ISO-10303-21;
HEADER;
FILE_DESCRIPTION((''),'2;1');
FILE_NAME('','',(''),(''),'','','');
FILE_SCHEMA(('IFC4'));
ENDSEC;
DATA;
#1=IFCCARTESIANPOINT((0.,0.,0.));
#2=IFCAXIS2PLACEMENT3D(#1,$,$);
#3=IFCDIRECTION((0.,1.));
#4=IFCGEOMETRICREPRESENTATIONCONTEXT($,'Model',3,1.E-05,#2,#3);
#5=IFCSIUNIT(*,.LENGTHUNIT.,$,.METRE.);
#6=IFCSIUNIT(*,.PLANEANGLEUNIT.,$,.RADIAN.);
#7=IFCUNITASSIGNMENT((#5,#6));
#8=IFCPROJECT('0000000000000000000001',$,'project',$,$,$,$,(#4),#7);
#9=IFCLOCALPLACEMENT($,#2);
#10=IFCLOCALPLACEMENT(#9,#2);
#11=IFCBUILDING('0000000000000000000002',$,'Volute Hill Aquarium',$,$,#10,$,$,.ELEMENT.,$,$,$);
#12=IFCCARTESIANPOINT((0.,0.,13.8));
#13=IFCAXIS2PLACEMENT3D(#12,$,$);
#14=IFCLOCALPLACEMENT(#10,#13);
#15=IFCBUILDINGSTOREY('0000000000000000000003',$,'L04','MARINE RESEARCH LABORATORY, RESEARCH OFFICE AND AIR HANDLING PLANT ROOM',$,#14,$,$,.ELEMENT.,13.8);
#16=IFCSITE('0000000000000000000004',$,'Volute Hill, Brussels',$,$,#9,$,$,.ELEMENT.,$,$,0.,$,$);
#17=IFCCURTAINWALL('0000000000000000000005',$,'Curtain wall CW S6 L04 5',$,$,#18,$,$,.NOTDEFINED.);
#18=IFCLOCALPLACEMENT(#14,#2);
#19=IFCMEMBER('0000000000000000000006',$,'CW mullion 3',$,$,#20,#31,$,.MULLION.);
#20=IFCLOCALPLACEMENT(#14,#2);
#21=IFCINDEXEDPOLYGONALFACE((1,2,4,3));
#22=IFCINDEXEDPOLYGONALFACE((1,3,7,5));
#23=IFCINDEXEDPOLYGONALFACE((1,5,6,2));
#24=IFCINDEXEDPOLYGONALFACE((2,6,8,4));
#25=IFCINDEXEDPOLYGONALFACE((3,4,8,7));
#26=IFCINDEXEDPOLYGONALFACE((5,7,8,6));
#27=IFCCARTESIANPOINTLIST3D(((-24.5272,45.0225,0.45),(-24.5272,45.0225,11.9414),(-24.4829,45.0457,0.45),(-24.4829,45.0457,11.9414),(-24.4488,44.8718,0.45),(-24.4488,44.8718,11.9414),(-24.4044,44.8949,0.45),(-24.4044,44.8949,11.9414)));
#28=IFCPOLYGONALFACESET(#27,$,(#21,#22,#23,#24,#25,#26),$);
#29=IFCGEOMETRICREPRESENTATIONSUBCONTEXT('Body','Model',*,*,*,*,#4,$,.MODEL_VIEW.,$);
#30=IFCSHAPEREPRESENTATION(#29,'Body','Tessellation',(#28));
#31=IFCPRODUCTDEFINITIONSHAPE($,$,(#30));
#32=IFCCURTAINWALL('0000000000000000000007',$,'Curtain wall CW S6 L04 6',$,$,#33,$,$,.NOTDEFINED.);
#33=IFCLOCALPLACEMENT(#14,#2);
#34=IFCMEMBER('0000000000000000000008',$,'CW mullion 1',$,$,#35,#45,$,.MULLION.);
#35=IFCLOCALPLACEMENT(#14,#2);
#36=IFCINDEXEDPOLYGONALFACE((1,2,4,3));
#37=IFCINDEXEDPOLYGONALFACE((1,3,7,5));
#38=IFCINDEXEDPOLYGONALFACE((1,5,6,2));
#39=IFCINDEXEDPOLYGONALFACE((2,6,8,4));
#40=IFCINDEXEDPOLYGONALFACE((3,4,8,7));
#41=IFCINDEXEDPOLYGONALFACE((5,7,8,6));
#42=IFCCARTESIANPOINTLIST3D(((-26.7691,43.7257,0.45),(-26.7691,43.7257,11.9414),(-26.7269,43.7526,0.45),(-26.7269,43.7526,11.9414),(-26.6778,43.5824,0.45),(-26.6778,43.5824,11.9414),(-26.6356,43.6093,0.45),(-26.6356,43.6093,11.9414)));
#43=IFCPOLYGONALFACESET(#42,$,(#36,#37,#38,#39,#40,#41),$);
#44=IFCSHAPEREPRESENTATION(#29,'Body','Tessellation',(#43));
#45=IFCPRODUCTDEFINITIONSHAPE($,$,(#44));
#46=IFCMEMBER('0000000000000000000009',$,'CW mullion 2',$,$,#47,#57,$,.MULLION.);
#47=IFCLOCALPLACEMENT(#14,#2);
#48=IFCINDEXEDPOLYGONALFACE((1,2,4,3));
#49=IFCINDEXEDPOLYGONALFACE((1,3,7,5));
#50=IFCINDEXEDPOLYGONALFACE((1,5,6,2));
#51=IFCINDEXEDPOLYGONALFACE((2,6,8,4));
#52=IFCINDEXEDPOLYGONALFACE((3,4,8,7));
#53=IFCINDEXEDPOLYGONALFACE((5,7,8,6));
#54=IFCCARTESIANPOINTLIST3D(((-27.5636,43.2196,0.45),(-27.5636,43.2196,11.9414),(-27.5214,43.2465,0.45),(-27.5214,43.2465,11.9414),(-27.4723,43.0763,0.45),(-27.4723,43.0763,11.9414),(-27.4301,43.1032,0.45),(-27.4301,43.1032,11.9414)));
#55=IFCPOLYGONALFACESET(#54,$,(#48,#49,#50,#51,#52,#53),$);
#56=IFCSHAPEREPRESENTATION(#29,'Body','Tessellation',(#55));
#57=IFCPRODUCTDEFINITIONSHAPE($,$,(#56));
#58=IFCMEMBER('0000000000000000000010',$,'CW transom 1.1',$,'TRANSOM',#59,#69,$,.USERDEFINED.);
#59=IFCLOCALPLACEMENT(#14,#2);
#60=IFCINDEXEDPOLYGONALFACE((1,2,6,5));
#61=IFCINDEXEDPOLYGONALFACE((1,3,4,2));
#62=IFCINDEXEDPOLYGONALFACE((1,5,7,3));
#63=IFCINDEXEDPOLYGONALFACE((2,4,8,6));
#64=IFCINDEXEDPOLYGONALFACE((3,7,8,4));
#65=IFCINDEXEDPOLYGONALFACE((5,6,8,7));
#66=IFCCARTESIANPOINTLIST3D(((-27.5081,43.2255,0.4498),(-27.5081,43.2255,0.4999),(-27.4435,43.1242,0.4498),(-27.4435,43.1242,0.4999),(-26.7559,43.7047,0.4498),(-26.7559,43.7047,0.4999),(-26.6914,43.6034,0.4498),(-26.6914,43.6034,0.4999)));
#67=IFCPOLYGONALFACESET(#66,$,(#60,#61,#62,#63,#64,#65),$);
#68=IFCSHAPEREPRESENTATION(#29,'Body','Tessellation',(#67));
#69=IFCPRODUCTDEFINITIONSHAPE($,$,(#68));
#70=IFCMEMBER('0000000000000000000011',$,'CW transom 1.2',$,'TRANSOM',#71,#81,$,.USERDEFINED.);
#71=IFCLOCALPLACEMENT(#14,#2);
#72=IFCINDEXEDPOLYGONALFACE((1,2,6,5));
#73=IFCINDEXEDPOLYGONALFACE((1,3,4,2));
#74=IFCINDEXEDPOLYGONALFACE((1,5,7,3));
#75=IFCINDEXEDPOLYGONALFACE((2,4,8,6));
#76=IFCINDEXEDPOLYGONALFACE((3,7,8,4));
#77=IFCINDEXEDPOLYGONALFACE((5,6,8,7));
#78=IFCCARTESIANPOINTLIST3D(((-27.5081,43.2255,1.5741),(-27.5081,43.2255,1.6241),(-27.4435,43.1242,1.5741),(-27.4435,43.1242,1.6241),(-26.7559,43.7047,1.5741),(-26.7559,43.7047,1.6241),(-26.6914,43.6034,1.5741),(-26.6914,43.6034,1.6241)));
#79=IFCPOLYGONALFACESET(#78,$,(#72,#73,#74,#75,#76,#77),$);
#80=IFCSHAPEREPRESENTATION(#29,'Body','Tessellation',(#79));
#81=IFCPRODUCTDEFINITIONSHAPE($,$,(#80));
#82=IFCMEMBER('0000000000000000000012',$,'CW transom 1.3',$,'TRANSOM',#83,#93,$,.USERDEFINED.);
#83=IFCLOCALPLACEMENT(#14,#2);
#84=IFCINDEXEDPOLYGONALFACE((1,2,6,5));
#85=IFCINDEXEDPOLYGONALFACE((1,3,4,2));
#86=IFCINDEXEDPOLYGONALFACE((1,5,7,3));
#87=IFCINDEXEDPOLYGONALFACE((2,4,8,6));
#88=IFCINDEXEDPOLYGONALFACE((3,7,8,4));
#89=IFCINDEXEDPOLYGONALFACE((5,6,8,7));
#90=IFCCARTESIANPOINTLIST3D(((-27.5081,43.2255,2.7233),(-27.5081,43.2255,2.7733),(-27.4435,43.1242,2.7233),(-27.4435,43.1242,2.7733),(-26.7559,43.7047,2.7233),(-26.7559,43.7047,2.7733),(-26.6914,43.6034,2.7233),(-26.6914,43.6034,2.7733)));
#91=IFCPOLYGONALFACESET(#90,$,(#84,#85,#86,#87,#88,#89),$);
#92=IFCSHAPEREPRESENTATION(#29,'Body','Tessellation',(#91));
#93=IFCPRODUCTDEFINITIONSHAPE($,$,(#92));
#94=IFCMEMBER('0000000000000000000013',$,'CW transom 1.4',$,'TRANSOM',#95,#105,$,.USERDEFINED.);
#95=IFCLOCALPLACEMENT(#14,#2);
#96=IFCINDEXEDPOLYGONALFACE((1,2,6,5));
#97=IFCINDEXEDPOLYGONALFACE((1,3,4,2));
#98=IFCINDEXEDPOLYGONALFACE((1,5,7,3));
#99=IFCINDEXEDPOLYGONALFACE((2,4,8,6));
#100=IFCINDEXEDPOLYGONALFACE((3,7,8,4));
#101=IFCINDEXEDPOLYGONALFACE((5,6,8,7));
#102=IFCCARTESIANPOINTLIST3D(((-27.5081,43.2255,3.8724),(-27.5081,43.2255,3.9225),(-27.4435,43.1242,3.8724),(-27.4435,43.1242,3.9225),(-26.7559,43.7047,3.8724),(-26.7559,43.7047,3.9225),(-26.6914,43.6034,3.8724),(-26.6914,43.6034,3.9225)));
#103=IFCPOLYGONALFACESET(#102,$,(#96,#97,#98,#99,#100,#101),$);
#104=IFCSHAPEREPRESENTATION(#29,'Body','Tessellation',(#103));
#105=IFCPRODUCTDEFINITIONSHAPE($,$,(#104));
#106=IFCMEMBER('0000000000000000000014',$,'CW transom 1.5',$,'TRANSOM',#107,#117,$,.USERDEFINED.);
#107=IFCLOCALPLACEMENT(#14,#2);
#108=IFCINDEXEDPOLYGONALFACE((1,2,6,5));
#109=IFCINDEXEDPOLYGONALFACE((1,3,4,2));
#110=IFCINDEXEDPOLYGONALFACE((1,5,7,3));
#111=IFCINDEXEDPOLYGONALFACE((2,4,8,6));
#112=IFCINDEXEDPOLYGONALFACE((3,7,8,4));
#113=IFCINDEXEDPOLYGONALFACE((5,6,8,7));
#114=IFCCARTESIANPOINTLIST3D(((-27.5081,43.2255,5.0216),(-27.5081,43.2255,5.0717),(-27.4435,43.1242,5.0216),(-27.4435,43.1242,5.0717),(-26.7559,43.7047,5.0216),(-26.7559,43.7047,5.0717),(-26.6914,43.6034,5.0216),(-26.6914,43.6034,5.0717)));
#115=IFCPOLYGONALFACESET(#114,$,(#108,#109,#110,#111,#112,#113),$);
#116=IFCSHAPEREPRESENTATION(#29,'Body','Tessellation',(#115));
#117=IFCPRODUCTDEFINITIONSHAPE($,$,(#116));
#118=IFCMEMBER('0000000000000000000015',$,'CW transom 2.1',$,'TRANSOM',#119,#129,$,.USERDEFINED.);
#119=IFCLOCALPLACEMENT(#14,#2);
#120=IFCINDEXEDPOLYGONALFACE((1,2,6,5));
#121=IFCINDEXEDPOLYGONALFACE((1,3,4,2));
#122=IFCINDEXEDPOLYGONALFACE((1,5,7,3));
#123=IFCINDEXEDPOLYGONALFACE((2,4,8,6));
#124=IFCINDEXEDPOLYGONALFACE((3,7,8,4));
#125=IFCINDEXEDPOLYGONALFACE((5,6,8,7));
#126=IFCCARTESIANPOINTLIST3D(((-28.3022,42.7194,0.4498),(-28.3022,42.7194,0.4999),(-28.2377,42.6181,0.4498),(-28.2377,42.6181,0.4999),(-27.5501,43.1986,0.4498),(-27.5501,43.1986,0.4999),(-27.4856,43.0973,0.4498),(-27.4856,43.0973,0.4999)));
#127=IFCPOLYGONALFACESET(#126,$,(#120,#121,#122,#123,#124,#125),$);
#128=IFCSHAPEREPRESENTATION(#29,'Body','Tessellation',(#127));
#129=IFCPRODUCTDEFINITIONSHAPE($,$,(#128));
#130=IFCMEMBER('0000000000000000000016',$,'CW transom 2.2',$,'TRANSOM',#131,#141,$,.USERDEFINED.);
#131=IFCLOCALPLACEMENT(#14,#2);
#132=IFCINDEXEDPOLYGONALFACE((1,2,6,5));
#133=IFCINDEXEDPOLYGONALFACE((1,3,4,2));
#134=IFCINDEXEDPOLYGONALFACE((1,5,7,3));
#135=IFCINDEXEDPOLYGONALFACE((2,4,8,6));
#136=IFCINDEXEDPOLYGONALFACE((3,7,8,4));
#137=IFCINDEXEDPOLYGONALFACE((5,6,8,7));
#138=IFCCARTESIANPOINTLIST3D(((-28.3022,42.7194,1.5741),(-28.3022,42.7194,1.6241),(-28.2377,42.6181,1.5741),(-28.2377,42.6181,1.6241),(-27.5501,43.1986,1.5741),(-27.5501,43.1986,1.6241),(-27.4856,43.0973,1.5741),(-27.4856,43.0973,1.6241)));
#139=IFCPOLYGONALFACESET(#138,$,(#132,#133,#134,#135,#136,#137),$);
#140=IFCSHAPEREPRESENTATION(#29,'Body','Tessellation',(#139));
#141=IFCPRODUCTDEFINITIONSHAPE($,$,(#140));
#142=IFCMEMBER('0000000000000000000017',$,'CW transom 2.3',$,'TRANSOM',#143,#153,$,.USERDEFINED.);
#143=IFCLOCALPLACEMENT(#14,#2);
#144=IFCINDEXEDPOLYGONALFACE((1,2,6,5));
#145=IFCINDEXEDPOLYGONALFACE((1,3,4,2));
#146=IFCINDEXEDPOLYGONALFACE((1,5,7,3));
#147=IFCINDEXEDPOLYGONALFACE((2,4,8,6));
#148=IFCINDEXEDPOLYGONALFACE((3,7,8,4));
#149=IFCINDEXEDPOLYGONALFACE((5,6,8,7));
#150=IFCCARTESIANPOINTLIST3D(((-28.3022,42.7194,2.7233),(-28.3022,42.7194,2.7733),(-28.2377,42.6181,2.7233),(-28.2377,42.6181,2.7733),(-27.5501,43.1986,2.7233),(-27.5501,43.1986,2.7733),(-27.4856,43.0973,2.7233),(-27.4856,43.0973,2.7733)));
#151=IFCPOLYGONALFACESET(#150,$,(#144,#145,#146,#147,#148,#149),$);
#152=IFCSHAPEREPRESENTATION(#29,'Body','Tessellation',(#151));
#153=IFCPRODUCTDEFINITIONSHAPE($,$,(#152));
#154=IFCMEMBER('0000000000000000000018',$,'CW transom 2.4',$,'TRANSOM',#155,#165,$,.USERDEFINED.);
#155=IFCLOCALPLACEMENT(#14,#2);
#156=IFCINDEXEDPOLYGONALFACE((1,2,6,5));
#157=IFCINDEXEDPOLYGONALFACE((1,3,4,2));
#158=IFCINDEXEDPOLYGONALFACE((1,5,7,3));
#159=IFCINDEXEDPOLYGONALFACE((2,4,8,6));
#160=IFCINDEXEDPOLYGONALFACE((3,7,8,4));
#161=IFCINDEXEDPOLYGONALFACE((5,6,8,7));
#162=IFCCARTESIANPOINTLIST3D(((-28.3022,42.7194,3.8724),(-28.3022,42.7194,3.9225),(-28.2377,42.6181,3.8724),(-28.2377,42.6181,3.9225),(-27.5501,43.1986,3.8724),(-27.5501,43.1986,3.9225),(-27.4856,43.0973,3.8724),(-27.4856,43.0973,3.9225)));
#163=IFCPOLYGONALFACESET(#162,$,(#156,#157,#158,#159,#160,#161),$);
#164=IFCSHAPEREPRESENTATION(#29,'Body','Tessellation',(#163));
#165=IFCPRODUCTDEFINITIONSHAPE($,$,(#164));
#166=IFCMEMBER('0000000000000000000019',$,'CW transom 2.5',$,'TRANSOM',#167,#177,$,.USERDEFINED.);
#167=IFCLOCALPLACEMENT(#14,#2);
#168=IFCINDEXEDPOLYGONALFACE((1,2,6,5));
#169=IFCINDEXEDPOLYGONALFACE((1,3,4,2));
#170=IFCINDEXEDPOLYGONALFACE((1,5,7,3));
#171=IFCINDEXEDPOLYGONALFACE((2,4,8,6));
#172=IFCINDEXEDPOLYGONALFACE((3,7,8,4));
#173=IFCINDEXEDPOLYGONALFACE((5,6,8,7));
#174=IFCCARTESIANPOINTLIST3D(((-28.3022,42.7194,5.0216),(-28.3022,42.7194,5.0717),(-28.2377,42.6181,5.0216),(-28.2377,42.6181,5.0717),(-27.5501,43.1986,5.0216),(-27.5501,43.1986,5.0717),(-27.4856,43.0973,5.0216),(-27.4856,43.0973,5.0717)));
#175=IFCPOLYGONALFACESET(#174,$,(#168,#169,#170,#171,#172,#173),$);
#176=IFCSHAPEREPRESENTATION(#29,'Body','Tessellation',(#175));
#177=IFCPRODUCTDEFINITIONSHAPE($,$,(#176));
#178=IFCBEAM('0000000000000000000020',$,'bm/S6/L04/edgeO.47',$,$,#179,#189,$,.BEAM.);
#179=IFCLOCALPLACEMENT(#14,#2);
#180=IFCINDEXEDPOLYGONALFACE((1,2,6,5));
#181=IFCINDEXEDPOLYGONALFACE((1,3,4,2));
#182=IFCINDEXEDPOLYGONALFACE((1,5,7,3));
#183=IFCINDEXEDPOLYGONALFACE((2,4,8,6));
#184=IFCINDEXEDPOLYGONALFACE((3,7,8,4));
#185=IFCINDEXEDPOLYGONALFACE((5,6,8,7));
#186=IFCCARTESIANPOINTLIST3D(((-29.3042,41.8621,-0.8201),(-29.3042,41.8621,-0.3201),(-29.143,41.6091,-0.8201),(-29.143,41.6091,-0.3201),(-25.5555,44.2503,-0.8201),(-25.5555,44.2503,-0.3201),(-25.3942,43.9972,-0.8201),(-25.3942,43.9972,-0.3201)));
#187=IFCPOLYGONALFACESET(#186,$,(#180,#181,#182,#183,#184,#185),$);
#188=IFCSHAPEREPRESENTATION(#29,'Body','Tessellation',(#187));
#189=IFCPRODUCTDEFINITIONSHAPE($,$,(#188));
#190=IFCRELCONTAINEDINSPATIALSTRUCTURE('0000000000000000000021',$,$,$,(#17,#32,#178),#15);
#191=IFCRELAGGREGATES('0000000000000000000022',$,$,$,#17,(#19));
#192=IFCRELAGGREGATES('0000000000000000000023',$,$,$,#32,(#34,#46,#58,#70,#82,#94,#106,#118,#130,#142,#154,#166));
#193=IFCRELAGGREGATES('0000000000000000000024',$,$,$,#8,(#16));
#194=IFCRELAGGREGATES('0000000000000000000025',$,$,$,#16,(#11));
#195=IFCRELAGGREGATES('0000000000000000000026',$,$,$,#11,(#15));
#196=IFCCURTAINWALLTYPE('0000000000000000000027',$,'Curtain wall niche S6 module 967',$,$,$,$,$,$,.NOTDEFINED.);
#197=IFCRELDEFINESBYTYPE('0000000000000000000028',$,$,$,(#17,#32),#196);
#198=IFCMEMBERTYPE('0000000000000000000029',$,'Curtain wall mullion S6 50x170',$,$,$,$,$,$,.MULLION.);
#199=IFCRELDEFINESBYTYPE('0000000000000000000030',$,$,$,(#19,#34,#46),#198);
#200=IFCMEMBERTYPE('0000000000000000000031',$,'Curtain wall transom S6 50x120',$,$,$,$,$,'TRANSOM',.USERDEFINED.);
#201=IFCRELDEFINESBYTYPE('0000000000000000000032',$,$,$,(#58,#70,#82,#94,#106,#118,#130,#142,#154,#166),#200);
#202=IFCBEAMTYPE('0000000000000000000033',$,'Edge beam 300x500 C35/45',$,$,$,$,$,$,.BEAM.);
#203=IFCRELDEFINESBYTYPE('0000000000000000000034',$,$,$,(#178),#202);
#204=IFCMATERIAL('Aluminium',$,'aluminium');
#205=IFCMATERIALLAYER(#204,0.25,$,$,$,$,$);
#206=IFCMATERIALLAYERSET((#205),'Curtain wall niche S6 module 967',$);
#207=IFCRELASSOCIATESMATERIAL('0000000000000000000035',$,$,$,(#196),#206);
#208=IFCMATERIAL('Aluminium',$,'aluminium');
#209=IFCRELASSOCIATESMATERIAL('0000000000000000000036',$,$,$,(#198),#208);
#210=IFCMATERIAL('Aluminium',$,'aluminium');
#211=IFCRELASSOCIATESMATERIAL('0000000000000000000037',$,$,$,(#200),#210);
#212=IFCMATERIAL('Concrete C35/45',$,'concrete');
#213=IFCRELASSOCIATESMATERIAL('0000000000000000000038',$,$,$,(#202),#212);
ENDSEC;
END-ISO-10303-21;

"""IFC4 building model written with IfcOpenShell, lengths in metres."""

from ifc_helpers import new_model, si_unit, direction, frame, origin, origin_2d, place, context, subcontext, project, spatial, rectangle, extrude, material, layer, layer_set, material_profile, profile_set, type_object, element, aggregate, save


model = new_model("IFC4")

# Units and contexts
model_context = context("Model", 3, precision=1e-05, world=origin(), true_north=direction((0.0, 1.0)))
body_context = subcontext(model_context, "Body", "Model", "MODEL_VIEW")
ifc_project = project(units=[si_unit("LENGTHUNIT", "METRE"), si_unit("PLANEANGLEUNIT", "RADIAN")], contexts=[model_context])

# Site, building, storey
site_placement = place(None, origin())
site = spatial("IfcSite", under=ifc_project, at=site_placement, Name="Volute Hill, Brussels", CompositionType="ELEMENT", RefElevation=0.0)
building_placement = place(site_placement, origin())
building = spatial("IfcBuilding", under=site, at=building_placement, Name="Volute Hill Aquarium", CompositionType="ELEMENT")
storey_placement = place(building_placement, frame((0.0, 0.0, 13.8)))
storey = spatial("IfcBuildingStorey", under=building, at=storey_placement, Name="L04", Description="MARINE RESEARCH LABORATORY, RESEARCH OFFICE AND AIR HANDLING PLANT ROOM", CompositionType="ELEMENT", Elevation=13.8)

# Curtain wall, member
ifc_material_1 = material(Name="Aluminium", Category="aluminium")
ifc_layer_1 = layer(ifc_material_1, 0.25)
ifc_layer_set_1 = layer_set([ifc_layer_1], Name="Curtain wall niche S6 module 967")
curtain_wall_type = type_object("IfcCurtainWallType", Name="Curtain wall niche S6 module 967", PredefinedType="NOTDEFINED", material=ifc_layer_set_1)
curtain_wall_1_placement = place(storey_placement, origin())
curtain_wall_1 = element("IfcCurtainWall", 1, at=curtain_wall_1_placement, inside=storey, type_object=curtain_wall_type, Name="Curtain wall CW S6 L04 5", PredefinedType="NOTDEFINED")
ifc_material_2 = material(Name="Aluminium", Category="aluminium")
ifc_material_profile_1 = material_profile(ifc_material_2, rectangle(XDim=0.1699, YDim=0.05, at=origin_2d()), Name="Curtain wall mullion S6 50x170")
ifc_profile_set_1 = profile_set([ifc_material_profile_1], Name="Aluminium")
member_type_1 = type_object("IfcMemberType", Name="Curtain wall mullion S6 50x170", PredefinedType="MULLION", material=ifc_profile_set_1)
member_1_placement = place(storey_placement, frame((-24.4658, 44.9587, 0.45), z_axis=(0.0, 0.0, 1.0), x_axis=(0.46176, -0.887005, 0.0)))
member_1 = element("IfcMember", 2, at=member_1_placement, type_object=member_type_1, Name="CW mullion 3", PredefinedType="MULLION", context=body_context, shape_type="SweptSolid", body=[
    extrude(rectangle(XDim=0.1699, YDim=0.05, at=origin_2d()), origin(), (0.0, 0.0, 1.0), 11.4915),
])

# Curtain wall, members
curtain_wall_2_placement = place(storey_placement, origin())
curtain_wall_2 = element("IfcCurtainWall", 3, at=curtain_wall_2_placement, inside=storey, type_object=curtain_wall_type, Name="Curtain wall CW S6 L04 6", PredefinedType="NOTDEFINED")
member_2_placement = place(storey_placement, frame((-26.7024, 43.6675, 0.45), z_axis=(0.0, 0.0, 1.0), x_axis=(0.537295, -0.843395, 0.0)))
member_2 = element("IfcMember", 4, at=member_2_placement, type_object=member_type_1, Name="CW mullion 1", PredefinedType="MULLION", context=body_context, shape_type="SweptSolid", body=[
    extrude(rectangle(XDim=0.1699, YDim=0.05, at=origin_2d()), origin(), (0.0, 0.0, 1.0), 11.4915),
])
member_3_placement = place(storey_placement, frame((-27.4968, 43.1614, 0.45), z_axis=(0.0, 0.0, 1.0), x_axis=(0.537295, -0.843395, 0.0)))
member_3 = element("IfcMember", 5, at=member_3_placement, type_object=member_type_1, Name="CW mullion 2", PredefinedType="MULLION", context=body_context, shape_type="SweptSolid", body=[
    extrude(rectangle(XDim=0.1699, YDim=0.05, at=origin_2d()), origin(), (0.0, 0.0, 1.0), 11.4915),
])
ifc_material_3 = material(Name="Aluminium", Category="aluminium")
ifc_material_profile_2 = material_profile(ifc_material_3, rectangle(XDim=0.1201, YDim=0.05, at=origin_2d()), Name="Curtain wall transom S6 50x120")
ifc_profile_set_2 = profile_set([ifc_material_profile_2], Name="Aluminium")
member_type_2 = type_object("IfcMemberType", Name="Curtain wall transom S6 50x120", ElementType="TRANSOM", PredefinedType="USERDEFINED", material=ifc_profile_set_2)
member_4_placement = place(storey_placement, frame((-26.7236, 43.6541, 0.4749), z_axis=(-0.843368, -0.537336, 0.0), x_axis=(0.537336, -0.843368, 0.0)))
member_4 = element("IfcMember", 6, at=member_4_placement, type_object=member_type_2, Name="CW transom 1.1", ObjectType="TRANSOM", PredefinedType="USERDEFINED", context=body_context, shape_type="SweptSolid", body=[
    extrude(rectangle(XDim=0.1201, YDim=0.05, at=origin_2d()), origin(), (0.0, 0.0, 1.0), 0.8918),
])
member_5_placement = place(storey_placement, frame((-26.7236, 43.6541, 1.5991), z_axis=(-0.843368, -0.537336, 0.0), x_axis=(0.537336, -0.843368, 0.0)))
member_5 = element("IfcMember", 7, at=member_5_placement, type_object=member_type_2, Name="CW transom 1.2", ObjectType="TRANSOM", PredefinedType="USERDEFINED", context=body_context, shape_type="SweptSolid", body=[
    extrude(rectangle(XDim=0.1201, YDim=0.05, at=origin_2d()), origin(), (0.0, 0.0, 1.0), 0.8918),
])
member_6_placement = place(storey_placement, frame((-26.7236, 43.6541, 2.7483), z_axis=(-0.843368, -0.537336, 0.0), x_axis=(0.537336, -0.843368, 0.0)))
member_6 = element("IfcMember", 8, at=member_6_placement, type_object=member_type_2, Name="CW transom 1.3", ObjectType="TRANSOM", PredefinedType="USERDEFINED", context=body_context, shape_type="SweptSolid", body=[
    extrude(rectangle(XDim=0.1201, YDim=0.05, at=origin_2d()), origin(), (0.0, 0.0, 1.0), 0.8918),
])
member_7_placement = place(storey_placement, frame((-26.7236, 43.6541, 3.8975), z_axis=(-0.843368, -0.537336, 0.0), x_axis=(0.537336, -0.843368, 0.0)))
member_7 = element("IfcMember", 9, at=member_7_placement, type_object=member_type_2, Name="CW transom 1.4", ObjectType="TRANSOM", PredefinedType="USERDEFINED", context=body_context, shape_type="SweptSolid", body=[
    extrude(rectangle(XDim=0.1201, YDim=0.05, at=origin_2d()), origin(), (0.0, 0.0, 1.0), 0.8918),
])
member_8_placement = place(storey_placement, frame((-26.7236, 43.6541, 5.0466), z_axis=(-0.843368, -0.537336, 0.0), x_axis=(0.537336, -0.843368, 0.0)))
member_8 = element("IfcMember", 10, at=member_8_placement, type_object=member_type_2, Name="CW transom 1.5", ObjectType="TRANSOM", PredefinedType="USERDEFINED", context=body_context, shape_type="SweptSolid", body=[
    extrude(rectangle(XDim=0.1201, YDim=0.05, at=origin_2d()), origin(), (0.0, 0.0, 1.0), 0.8918),
])
member_9_placement = place(storey_placement, frame((-27.5178, 43.1479, 0.4749), z_axis=(-0.843368, -0.537336, 0.0), x_axis=(0.537336, -0.843368, 0.0)))
member_9 = element("IfcMember", 11, at=member_9_placement, type_object=member_type_2, Name="CW transom 2.1", ObjectType="TRANSOM", PredefinedType="USERDEFINED", context=body_context, shape_type="SweptSolid", body=[
    extrude(rectangle(XDim=0.1201, YDim=0.05, at=origin_2d()), origin(), (0.0, 0.0, 1.0), 0.8918),
])
member_10_placement = place(storey_placement, frame((-27.5178, 43.1479, 1.5991), z_axis=(-0.843368, -0.537336, 0.0), x_axis=(0.537336, -0.843368, 0.0)))
member_10 = element("IfcMember", 12, at=member_10_placement, type_object=member_type_2, Name="CW transom 2.2", ObjectType="TRANSOM", PredefinedType="USERDEFINED", context=body_context, shape_type="SweptSolid", body=[
    extrude(rectangle(XDim=0.1201, YDim=0.05, at=origin_2d()), origin(), (0.0, 0.0, 1.0), 0.8918),
])
member_11_placement = place(storey_placement, frame((-27.5178, 43.1479, 2.7483), z_axis=(-0.843368, -0.537336, 0.0), x_axis=(0.537336, -0.843368, 0.0)))
member_11 = element("IfcMember", 13, at=member_11_placement, type_object=member_type_2, Name="CW transom 2.3", ObjectType="TRANSOM", PredefinedType="USERDEFINED", context=body_context, shape_type="SweptSolid", body=[
    extrude(rectangle(XDim=0.1201, YDim=0.05, at=origin_2d()), origin(), (0.0, 0.0, 1.0), 0.8918),
])
member_12_placement = place(storey_placement, frame((-27.5178, 43.1479, 3.8975), z_axis=(-0.843368, -0.537336, 0.0), x_axis=(0.537336, -0.843368, 0.0)))
member_12 = element("IfcMember", 14, at=member_12_placement, type_object=member_type_2, Name="CW transom 2.4", ObjectType="TRANSOM", PredefinedType="USERDEFINED", context=body_context, shape_type="SweptSolid", body=[
    extrude(rectangle(XDim=0.1201, YDim=0.05, at=origin_2d()), origin(), (0.0, 0.0, 1.0), 0.8918),
])
member_13_placement = place(storey_placement, frame((-27.5178, 43.1479, 5.0466), z_axis=(-0.843368, -0.537336, 0.0), x_axis=(0.537336, -0.843368, 0.0)))
member_13 = element("IfcMember", 15, at=member_13_placement, type_object=member_type_2, Name="CW transom 2.5", ObjectType="TRANSOM", PredefinedType="USERDEFINED", context=body_context, shape_type="SweptSolid", body=[
    extrude(rectangle(XDim=0.1201, YDim=0.05, at=origin_2d()), origin(), (0.0, 0.0, 1.0), 0.8918),
])

# Beam
ifc_material_4 = material(Name="Concrete C35/45", Category="concrete")
ifc_material_profile_3 = material_profile(ifc_material_4, rectangle(XDim=0.3, YDim=0.5, at=origin_2d()), Name="RC edge beam 300x500")
ifc_profile_set_3 = profile_set([ifc_material_profile_3], Name="Concrete C35/45")
beam_type_1 = type_object("IfcBeamType", Name="Edge beam 300x500 C35/45", PredefinedType="BEAM", material=ifc_profile_set_3)
beam_1_placement = place(storey_placement, frame((-25.4749, 44.1238, -0.5701), z_axis=(-0.843397, -0.537291, 0.0), x_axis=(0.537291, -0.843397, 0.0)))
element("IfcBeam", 16, at=beam_1_placement, inside=storey, type_object=beam_type_1, Name="bm/S6/L04/edgeO.47", PredefinedType="BEAM", context=body_context, shape_type="SweptSolid", body=[
    extrude(rectangle(XDim=0.3, YDim=0.5, at=origin_2d()), origin(), (0.0, 0.0, 1.0), 4.4448),
])

aggregate(curtain_wall_1, [member_1])
aggregate(curtain_wall_2, [member_2, member_3, member_4, member_5, member_6, member_7, member_8, member_9, member_10, member_11, member_12, member_13])

save(model, "model.ifc")
